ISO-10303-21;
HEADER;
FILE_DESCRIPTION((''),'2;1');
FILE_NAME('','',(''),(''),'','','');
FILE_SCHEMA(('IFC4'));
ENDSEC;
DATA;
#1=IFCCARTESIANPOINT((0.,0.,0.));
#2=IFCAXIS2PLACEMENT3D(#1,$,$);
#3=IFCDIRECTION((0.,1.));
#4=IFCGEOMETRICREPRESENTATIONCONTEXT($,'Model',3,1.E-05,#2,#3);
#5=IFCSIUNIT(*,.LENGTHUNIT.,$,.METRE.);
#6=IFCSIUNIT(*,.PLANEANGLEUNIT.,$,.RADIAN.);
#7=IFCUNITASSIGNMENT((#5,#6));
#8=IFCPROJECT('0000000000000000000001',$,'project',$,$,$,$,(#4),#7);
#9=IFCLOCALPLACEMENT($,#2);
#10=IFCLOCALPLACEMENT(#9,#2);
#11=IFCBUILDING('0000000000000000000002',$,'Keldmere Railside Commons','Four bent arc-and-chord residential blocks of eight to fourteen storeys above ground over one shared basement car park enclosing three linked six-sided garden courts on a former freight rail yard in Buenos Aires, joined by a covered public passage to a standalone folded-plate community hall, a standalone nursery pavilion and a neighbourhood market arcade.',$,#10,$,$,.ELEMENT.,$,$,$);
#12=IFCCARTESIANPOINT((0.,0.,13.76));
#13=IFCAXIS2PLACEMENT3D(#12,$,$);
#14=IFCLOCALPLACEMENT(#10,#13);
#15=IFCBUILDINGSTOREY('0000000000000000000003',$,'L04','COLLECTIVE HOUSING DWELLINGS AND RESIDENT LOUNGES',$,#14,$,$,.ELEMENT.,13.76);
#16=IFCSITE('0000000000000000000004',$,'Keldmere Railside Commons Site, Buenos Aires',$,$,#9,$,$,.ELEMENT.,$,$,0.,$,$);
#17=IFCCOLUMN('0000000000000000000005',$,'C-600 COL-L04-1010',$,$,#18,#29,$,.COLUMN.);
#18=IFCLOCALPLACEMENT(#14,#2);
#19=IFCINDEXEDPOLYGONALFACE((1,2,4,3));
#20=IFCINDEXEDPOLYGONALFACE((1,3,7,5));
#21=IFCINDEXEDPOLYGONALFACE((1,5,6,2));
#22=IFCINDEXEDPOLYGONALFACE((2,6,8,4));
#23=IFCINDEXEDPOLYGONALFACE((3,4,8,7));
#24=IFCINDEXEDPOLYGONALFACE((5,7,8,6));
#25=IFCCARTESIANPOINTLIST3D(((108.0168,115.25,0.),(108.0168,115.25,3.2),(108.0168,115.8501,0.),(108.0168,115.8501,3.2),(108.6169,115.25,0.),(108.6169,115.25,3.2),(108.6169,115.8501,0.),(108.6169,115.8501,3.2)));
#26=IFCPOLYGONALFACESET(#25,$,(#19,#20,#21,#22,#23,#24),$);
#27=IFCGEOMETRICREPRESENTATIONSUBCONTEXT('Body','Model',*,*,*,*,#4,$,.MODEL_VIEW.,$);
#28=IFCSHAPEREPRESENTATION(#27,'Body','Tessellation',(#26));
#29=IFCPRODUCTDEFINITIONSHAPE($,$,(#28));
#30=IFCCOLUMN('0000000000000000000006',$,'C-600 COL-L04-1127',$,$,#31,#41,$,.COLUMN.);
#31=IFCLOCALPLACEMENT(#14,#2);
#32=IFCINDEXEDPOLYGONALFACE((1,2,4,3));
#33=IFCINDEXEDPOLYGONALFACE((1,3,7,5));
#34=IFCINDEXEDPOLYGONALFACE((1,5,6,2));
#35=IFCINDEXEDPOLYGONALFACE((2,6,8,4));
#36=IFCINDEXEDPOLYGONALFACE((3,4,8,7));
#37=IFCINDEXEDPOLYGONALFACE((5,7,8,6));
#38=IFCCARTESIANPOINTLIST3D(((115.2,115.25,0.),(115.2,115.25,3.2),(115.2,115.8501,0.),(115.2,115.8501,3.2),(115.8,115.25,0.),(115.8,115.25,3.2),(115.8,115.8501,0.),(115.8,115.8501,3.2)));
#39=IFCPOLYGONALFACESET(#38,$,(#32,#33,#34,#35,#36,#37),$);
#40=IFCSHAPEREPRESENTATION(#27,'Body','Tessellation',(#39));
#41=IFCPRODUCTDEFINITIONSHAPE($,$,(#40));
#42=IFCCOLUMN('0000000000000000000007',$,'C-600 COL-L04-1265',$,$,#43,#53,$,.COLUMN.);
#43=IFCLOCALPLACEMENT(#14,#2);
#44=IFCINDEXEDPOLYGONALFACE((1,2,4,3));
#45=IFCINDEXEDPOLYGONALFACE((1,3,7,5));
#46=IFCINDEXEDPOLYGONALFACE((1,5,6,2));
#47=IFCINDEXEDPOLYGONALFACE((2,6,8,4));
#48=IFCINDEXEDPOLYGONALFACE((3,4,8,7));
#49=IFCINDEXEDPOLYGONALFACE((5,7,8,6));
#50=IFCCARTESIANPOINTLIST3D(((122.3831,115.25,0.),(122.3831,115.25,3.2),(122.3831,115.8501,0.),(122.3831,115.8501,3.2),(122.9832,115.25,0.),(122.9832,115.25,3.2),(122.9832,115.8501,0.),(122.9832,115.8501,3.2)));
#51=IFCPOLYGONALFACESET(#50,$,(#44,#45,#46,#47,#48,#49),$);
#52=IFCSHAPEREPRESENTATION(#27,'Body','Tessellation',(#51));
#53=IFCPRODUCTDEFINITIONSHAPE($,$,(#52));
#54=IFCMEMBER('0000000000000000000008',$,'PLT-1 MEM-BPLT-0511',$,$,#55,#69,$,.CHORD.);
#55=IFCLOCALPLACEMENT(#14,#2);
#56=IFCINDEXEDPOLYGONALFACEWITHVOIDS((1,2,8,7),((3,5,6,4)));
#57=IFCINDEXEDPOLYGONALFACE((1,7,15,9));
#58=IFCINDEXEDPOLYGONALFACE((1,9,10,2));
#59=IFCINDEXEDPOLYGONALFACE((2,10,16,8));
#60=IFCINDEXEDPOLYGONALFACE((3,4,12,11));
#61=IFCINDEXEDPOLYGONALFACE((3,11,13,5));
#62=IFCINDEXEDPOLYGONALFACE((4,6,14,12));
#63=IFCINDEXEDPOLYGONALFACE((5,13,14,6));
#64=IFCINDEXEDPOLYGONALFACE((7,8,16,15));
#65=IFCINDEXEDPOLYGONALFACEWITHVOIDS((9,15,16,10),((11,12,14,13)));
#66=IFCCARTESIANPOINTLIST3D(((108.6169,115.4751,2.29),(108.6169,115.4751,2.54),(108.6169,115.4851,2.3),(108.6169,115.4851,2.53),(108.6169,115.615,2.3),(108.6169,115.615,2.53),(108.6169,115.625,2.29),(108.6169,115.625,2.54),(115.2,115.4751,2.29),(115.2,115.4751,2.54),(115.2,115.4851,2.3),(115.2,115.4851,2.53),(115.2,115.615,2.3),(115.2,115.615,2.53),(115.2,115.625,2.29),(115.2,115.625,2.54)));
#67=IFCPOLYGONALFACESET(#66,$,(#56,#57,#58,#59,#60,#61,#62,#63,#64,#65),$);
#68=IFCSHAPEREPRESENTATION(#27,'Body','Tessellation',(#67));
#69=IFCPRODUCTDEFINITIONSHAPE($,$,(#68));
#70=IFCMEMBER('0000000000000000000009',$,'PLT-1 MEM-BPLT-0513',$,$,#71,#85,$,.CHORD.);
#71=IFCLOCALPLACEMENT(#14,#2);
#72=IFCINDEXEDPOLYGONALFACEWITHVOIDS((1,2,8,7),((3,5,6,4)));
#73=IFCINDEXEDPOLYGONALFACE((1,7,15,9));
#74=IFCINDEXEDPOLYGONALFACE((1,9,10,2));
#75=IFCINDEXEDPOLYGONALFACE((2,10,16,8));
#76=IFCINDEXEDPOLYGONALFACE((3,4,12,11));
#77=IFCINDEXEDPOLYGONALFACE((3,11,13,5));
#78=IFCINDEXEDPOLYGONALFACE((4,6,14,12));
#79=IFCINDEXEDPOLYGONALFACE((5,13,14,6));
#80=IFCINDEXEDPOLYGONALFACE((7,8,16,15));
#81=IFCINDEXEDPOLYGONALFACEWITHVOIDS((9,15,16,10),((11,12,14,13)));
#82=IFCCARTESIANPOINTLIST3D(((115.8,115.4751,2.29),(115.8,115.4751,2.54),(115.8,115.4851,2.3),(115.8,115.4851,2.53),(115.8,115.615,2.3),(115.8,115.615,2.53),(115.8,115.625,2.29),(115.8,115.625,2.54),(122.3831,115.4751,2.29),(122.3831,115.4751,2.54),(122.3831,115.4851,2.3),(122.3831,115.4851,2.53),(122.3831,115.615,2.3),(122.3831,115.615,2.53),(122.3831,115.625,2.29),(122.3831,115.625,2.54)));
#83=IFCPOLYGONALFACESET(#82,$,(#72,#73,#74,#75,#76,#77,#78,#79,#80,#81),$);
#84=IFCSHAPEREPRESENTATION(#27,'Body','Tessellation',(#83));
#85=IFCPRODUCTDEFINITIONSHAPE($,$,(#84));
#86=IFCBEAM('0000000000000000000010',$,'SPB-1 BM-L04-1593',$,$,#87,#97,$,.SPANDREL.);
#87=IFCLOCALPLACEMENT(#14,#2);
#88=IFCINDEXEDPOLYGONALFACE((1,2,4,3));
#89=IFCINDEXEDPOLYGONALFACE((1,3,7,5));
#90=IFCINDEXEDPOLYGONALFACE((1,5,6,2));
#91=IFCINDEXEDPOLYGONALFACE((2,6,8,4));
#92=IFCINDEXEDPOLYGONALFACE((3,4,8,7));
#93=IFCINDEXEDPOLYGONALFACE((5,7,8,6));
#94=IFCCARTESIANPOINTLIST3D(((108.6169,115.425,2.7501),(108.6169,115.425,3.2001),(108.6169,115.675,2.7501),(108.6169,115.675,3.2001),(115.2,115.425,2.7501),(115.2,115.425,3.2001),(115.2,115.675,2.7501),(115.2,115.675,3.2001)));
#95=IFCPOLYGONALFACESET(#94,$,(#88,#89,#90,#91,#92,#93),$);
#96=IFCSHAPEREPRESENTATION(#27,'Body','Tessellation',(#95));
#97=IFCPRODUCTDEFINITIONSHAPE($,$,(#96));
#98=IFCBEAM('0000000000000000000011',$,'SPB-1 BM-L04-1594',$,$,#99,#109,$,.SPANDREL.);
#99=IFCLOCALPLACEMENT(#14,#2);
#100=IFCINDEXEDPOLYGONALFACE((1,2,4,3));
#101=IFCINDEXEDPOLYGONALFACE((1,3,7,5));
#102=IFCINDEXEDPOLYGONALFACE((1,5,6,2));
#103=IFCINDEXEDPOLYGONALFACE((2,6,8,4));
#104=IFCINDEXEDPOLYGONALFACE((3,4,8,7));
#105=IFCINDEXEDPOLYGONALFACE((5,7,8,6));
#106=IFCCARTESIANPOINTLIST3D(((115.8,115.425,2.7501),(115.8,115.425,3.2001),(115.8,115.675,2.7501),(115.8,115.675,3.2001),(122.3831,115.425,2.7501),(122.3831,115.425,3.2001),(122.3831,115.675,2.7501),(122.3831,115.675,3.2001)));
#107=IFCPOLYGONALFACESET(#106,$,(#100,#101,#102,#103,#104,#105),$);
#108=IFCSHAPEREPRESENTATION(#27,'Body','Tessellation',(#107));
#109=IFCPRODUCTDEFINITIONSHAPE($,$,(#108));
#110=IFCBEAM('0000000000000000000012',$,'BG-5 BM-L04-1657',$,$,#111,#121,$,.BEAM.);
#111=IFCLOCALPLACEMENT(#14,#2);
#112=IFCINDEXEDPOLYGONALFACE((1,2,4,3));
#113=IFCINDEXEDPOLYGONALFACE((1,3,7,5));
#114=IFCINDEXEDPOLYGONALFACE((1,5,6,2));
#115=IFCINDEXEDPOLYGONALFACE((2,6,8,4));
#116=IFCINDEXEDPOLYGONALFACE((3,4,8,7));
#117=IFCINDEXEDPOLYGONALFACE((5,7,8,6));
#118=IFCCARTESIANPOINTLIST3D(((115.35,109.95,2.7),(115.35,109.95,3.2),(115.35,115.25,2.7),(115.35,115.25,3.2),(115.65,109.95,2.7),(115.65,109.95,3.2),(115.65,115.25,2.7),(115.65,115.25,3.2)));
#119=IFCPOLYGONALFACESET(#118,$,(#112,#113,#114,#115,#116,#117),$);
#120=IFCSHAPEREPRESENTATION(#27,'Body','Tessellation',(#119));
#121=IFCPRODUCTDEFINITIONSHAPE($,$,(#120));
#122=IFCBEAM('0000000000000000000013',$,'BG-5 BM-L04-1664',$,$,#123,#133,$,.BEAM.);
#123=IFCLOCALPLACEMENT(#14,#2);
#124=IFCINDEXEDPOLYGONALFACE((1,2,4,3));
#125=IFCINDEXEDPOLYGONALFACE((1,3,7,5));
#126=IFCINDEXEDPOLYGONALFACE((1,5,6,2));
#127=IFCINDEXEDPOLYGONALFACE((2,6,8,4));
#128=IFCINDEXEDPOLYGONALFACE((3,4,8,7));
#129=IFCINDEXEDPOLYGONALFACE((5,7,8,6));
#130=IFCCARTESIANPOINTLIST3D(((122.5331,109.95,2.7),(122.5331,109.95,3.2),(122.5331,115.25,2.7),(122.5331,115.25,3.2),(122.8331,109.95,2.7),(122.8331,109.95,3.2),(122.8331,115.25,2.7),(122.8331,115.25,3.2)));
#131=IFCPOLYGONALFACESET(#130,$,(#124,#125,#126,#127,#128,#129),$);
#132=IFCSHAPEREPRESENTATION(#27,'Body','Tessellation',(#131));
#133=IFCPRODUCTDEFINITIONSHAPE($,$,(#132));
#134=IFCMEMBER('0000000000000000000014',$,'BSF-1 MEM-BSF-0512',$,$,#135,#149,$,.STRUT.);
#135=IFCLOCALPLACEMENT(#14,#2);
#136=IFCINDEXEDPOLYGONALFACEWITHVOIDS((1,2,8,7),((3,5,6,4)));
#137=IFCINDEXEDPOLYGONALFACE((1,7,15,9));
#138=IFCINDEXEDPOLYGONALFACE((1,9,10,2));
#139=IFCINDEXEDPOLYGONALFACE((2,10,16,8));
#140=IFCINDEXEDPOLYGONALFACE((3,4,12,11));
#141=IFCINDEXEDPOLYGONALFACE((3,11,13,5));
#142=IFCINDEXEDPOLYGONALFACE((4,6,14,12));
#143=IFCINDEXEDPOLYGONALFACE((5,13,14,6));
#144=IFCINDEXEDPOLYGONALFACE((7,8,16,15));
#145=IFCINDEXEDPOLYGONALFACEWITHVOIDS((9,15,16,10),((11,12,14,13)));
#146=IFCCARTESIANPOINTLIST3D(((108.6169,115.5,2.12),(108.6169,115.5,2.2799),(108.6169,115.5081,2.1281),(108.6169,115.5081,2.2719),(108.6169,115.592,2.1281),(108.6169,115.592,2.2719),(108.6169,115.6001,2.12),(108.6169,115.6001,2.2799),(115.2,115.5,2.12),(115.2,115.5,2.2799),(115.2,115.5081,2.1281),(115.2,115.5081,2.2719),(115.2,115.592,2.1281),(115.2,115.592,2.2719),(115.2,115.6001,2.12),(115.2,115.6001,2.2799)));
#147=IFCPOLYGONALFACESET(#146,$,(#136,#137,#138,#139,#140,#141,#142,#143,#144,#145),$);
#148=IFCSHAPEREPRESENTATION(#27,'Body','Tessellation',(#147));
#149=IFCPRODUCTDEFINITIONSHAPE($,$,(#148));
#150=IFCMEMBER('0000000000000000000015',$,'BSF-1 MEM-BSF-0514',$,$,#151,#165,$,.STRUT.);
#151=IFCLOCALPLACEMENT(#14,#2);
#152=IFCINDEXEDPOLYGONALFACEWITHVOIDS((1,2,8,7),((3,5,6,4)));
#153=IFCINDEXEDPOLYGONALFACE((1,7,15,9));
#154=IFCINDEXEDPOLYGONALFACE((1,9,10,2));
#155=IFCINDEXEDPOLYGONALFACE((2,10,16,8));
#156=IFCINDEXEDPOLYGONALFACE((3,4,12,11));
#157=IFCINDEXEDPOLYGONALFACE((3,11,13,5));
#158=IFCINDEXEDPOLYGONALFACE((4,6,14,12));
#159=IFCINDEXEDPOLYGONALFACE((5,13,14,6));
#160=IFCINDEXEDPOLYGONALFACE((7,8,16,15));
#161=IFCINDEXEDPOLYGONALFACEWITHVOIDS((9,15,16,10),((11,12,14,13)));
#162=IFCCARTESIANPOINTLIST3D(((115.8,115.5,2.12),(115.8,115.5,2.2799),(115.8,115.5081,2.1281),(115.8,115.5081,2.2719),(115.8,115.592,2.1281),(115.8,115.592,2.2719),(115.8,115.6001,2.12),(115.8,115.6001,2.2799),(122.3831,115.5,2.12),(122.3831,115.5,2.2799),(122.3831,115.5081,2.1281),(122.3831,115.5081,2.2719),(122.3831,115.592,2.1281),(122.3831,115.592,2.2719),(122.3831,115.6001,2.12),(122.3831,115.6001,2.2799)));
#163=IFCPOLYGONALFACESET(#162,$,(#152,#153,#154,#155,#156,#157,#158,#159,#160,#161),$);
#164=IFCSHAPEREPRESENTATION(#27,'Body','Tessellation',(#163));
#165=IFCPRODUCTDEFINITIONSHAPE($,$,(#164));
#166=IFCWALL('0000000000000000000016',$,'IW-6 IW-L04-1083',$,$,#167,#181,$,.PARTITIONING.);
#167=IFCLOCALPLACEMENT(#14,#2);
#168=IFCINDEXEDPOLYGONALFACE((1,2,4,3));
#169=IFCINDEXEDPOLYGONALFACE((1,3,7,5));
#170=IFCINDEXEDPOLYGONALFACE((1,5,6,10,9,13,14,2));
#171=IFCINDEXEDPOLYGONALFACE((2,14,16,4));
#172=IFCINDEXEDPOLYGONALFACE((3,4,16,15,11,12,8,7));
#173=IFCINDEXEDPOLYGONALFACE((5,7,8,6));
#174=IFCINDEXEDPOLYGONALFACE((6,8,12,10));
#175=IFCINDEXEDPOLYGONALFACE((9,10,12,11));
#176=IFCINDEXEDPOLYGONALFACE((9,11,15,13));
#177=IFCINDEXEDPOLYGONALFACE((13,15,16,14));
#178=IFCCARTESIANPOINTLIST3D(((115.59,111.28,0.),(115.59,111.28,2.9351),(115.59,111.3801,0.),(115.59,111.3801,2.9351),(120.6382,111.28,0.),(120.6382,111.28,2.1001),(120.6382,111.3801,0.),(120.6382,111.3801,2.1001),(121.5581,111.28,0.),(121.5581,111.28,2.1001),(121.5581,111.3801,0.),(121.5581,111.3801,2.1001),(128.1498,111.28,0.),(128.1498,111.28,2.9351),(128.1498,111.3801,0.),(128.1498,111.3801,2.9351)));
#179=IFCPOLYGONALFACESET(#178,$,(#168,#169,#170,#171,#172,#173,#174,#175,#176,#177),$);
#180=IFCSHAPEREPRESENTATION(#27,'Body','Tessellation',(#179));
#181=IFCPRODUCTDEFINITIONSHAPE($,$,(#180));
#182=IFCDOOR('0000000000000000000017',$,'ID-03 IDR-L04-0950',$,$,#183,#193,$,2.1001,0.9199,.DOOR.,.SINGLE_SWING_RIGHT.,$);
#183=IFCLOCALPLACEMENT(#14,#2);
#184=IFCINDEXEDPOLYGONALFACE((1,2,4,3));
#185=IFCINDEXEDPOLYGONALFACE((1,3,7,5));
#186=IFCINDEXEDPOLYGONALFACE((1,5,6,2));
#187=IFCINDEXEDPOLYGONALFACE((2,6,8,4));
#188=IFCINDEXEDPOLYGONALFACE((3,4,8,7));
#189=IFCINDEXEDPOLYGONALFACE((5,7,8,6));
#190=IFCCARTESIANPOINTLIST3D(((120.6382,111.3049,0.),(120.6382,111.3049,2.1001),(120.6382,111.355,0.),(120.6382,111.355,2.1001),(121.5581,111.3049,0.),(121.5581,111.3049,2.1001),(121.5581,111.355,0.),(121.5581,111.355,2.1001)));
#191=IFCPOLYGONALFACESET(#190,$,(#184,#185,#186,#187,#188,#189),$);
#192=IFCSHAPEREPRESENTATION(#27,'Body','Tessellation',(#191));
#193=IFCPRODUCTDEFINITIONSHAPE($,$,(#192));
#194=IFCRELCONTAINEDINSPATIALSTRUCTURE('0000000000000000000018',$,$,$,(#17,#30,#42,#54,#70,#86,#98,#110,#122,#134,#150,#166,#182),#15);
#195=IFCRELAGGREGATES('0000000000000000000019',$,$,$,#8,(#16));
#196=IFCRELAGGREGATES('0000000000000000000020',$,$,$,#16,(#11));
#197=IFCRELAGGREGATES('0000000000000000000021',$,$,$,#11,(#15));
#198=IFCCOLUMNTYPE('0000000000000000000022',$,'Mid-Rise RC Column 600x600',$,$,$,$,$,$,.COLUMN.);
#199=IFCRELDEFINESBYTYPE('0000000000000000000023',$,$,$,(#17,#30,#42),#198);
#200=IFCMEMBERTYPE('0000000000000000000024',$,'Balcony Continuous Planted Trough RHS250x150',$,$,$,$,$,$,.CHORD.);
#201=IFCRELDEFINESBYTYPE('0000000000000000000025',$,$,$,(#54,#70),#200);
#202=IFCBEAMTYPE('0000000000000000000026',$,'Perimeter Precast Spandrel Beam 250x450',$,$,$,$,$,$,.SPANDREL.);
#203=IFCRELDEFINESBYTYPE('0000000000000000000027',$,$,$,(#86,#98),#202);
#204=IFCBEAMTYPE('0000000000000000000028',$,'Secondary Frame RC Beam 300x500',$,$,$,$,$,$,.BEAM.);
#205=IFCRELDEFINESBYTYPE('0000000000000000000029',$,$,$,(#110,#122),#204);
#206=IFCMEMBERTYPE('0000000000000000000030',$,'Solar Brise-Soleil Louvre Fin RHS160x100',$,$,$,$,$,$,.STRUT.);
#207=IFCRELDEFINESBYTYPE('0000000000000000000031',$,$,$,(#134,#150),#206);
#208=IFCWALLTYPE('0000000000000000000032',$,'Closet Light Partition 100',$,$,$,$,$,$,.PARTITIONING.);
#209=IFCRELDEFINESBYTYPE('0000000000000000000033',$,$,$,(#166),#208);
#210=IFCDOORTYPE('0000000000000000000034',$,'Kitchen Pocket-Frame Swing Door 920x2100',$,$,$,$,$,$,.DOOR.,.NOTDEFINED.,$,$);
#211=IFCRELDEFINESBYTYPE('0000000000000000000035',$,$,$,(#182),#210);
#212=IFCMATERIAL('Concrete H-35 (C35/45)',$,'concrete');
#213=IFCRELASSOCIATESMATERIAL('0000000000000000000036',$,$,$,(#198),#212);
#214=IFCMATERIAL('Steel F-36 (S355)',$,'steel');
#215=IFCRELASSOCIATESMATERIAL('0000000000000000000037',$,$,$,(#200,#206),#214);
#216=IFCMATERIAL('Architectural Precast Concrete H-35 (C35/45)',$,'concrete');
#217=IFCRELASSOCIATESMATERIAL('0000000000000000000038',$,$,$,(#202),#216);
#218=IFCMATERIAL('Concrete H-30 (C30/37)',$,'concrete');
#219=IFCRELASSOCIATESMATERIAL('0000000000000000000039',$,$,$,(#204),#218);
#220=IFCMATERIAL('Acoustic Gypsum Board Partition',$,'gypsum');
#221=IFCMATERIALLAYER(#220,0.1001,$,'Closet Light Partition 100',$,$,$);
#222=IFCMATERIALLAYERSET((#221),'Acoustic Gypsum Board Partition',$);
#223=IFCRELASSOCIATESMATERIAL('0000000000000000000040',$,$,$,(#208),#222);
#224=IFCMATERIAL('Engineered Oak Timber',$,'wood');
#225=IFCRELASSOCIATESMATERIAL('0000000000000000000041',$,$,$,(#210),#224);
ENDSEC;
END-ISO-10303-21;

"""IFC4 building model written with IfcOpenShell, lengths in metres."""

from ifc_helpers import new_model, si_unit, direction, frame, frame_2d, origin, origin_2d, place, context, subcontext, project, spatial, rectangle, hollow_rectangle, extrude, material, layer, layer_set, material_profile, profile_set, type_object, element, fill, save


model = new_model("IFC4")

# Units and contexts
model_context = context("Model", 3, precision=1e-05, world=origin(), true_north=direction((0.0, 1.0)))
body_context = subcontext(model_context, "Body", "Model", "MODEL_VIEW")
ifc_project = project(units=[si_unit("LENGTHUNIT", "METRE"), si_unit("PLANEANGLEUNIT", "RADIAN")], contexts=[model_context])

# Site, building, storey
site_placement = place(None, origin())
site = spatial("IfcSite", under=ifc_project, at=site_placement, Name="Keldmere Railside Commons Site, Buenos Aires", CompositionType="ELEMENT", RefElevation=0.0)
building_placement = place(site_placement, origin())
building = spatial("IfcBuilding", under=site, at=building_placement, Name="Keldmere Railside Commons", Description="Four bent arc-and-chord residential blocks of eight to fourteen storeys above ground over one shared basement car park enclosing three linked six-sided garden courts on a former freight rail yard in Buenos Aires, joined by a covered public passage to a standalone folded-plate community hall, a standalone nursery pavilion and a neighbourhood market arcade.", CompositionType="ELEMENT")
storey_placement = place(building_placement, frame((0.0, 0.0, 13.76)))
storey = spatial("IfcBuildingStorey", under=building, at=storey_placement, Name="L04", Description="COLLECTIVE HOUSING DWELLINGS AND RESIDENT LOUNGES", CompositionType="ELEMENT", Elevation=13.76)

# Columns
ifc_material_1 = material(Name="Concrete H-35 (C35/45)", Category="concrete")
ifc_material_profile_1 = material_profile(ifc_material_1, rectangle(XDim=0.6001, YDim=0.6001, at=origin_2d()), Name="RC-600x600")
ifc_profile_set_1 = profile_set([ifc_material_profile_1], Name="Concrete H-35 (C35/45)")
column_type = type_object("IfcColumnType", Name="Mid-Rise RC Column 600x600", PredefinedType="COLUMN", material=ifc_profile_set_1)
for number, where, z_axis, x_axis, name in (
    (1, (108.3169, 115.55, 0.0), (0.0, 0.0, 1.0), (1.0, 0.0, 0.0), "C-600 COL-L04-1010"),
    (2, (115.5, 115.55, 0.0), (0.0, 0.0, 1.0), (1.0, 0.0, 0.0), "C-600 COL-L04-1127"),
    (3, (122.6831, 115.55, 0.0), (0.0, 0.0, 1.0), (1.0, 0.0, 0.0), "C-600 COL-L04-1265"),
):
    element("IfcColumn", number, at=place(storey_placement, frame(where, z_axis=z_axis, x_axis=x_axis)), inside=storey, type_object=column_type, Name=name, PredefinedType="COLUMN", context=body_context, shape_type="SweptSolid", body=[
        extrude(rectangle(XDim=0.6001, YDim=0.6001, at=origin_2d()), origin(), (0.0, 0.0, 1.0), 3.2),
    ])

# Members
ifc_material_2 = material(Name="Steel F-36 (S355)", Category="steel")
ifc_material_profile_2 = material_profile(ifc_material_2, hollow_rectangle(XDim=0.1499, YDim=0.25, WallThickness=0.01, at=origin_2d()), Name="RHS-250x150x10")
ifc_profile_set_2 = profile_set([ifc_material_profile_2], Name="Steel F-36 (S355)")
member_type_1 = type_object("IfcMemberType", Name="Balcony Continuous Planted Trough RHS250x150", PredefinedType="CHORD", material=ifc_profile_set_2)
for number, where, z_axis, x_axis, name in (
    (4, (108.6169, 115.55, 2.415), (1.0, 0.0, 0.0), (0.0, 1.0, 0.0), "PLT-1 MEM-BPLT-0511"),
    (5, (115.8, 115.55, 2.415), (1.0, 0.0, 0.0), (0.0, 1.0, 0.0), "PLT-1 MEM-BPLT-0513"),
):
    element("IfcMember", number, at=place(storey_placement, frame(where, z_axis=z_axis, x_axis=x_axis)), inside=storey, type_object=member_type_1, Name=name, PredefinedType="CHORD", context=body_context, shape_type="SweptSolid", body=[
        extrude(hollow_rectangle(XDim=0.1499, YDim=0.25, WallThickness=0.01, at=origin_2d()), origin(), (0.0, 0.0, 1.0), 6.583),
    ])

# Beams
ifc_material_3 = material(Name="Architectural Precast Concrete H-35 (C35/45)", Category="concrete")
ifc_material_profile_3 = material_profile(ifc_material_3, rectangle(XDim=0.25, YDim=0.45, at=origin_2d()), Name="RC-250x450")
ifc_profile_set_3 = profile_set([ifc_material_profile_3], Name="Architectural Precast Concrete H-35 (C35/45)")
beam_type_1 = type_object("IfcBeamType", Name="Perimeter Precast Spandrel Beam 250x450", PredefinedType="SPANDREL", material=ifc_profile_set_3)
for number, where, z_axis, x_axis, name in (
    (6, (108.6169, 115.55, 2.9751), (1.0, 0.0, 0.0), (0.0, 1.0, 0.0), "SPB-1 BM-L04-1593"),
    (7, (115.8, 115.55, 2.9751), (1.0, 0.0, 0.0), (0.0, 1.0, 0.0), "SPB-1 BM-L04-1594"),
):
    element("IfcBeam", number, at=place(storey_placement, frame(where, z_axis=z_axis, x_axis=x_axis)), inside=storey, type_object=beam_type_1, Name=name, PredefinedType="SPANDREL", context=body_context, shape_type="SweptSolid", body=[
        extrude(rectangle(XDim=0.25, YDim=0.45, at=origin_2d()), origin(), (0.0, 0.0, 1.0), 6.583),
    ])
ifc_material_4 = material(Name="Concrete H-30 (C30/37)", Category="concrete")
ifc_material_profile_4 = material_profile(ifc_material_4, rectangle(XDim=0.3, YDim=0.5, at=origin_2d()), Name="RC-300x500")
ifc_profile_set_4 = profile_set([ifc_material_profile_4], Name="Concrete H-30 (C30/37)")
beam_type_2 = type_object("IfcBeamType", Name="Secondary Frame RC Beam 300x500", PredefinedType="BEAM", material=ifc_profile_set_4)
for number, where, z_axis, x_axis, name in (
    (8, (115.5, 109.95, 2.95), (0.0, 1.0, 0.0), (-1.0, 0.0, 0.0), "BG-5 BM-L04-1657"),
    (9, (122.6831, 109.95, 2.95), (0.0, 1.0, 0.0), (-1.0, 0.0, 0.0), "BG-5 BM-L04-1664"),
):
    element("IfcBeam", number, at=place(storey_placement, frame(where, z_axis=z_axis, x_axis=x_axis)), inside=storey, type_object=beam_type_2, Name=name, PredefinedType="BEAM", context=body_context, shape_type="SweptSolid", body=[
        extrude(rectangle(XDim=0.3, YDim=0.5, at=origin_2d()), origin(), (0.0, 0.0, 1.0), 5.3),
    ])

# Members
ifc_material_profile_5 = material_profile(ifc_material_2, hollow_rectangle(XDim=0.1001, YDim=0.1599, WallThickness=0.0081, at=origin_2d()), Name="RHS-160x100x8")
ifc_profile_set_5 = profile_set([ifc_material_profile_5], Name="Steel F-36 (S355)")
member_type_2 = type_object("IfcMemberType", Name="Solar Brise-Soleil Louvre Fin RHS160x100", PredefinedType="STRUT", material=ifc_profile_set_5)
for number, where, z_axis, x_axis, name in (
    (10, (108.6169, 115.55, 2.2), (1.0, 0.0, 0.0), (0.0, 1.0, 0.0), "BSF-1 MEM-BSF-0512"),
    (11, (115.8, 115.55, 2.2), (1.0, 0.0, 0.0), (0.0, 1.0, 0.0), "BSF-1 MEM-BSF-0514"),
):
    element("IfcMember", number, at=place(storey_placement, frame(where, z_axis=z_axis, x_axis=x_axis)), inside=storey, type_object=member_type_2, Name=name, PredefinedType="STRUT", context=body_context, shape_type="SweptSolid", body=[
        extrude(hollow_rectangle(XDim=0.1001, YDim=0.1599, WallThickness=0.0081, at=origin_2d()), origin(), (0.0, 0.0, 1.0), 6.583),
    ])

# Wall, opening, door
ifc_material_5 = material(Name="Acoustic Gypsum Board Partition", Category="gypsum")
ifc_layer_1 = layer(ifc_material_5, 0.1001, Name="Closet Light Partition 100")
ifc_layer_set_1 = layer_set([ifc_layer_1], Name="Acoustic Gypsum Board Partition")
wall_type_1 = type_object("IfcWallType", Name="Closet Light Partition 100", PredefinedType="PARTITIONING", material=ifc_layer_set_1)
wall_1_placement = place(storey_placement, frame((115.5901, 111.3301, 0.0), z_axis=(0.0, 0.0, 1.0), x_axis=(1.0, 0.0, 0.0)))
wall_1 = element("IfcWall", 12, at=wall_1_placement, inside=storey, type_object=wall_type_1, Name="IW-6 IW-L04-1083", PredefinedType="PARTITIONING", context=body_context, shape_type="SweptSolid", body=[
    extrude(rectangle(XDim=12.5598, YDim=0.1001, at=frame_2d((6.2798, 0.0))), origin(), (0.0, 0.0, 1.0), 2.9351),
])
opening_1_placement = place(wall_1_placement, frame((5.0481, 0.0, 0.0)))
opening_1 = element("IfcOpeningElement", 13, at=opening_1_placement, cuts=wall_1, PredefinedType="OPENING", context=body_context, shape_type="SweptSolid", body=[
    extrude(rectangle(XDim=0.9199, YDim=2.1001, at=frame_2d((0.46, 1.05))), frame((0.0, 0.0601, 0.0), z_axis=(0.0, -1.0, 0.0), x_axis=(1.0, 0.0, 0.0)), (0.0, 0.0, 1.0), 0.1201),
])
ifc_material_6 = material(Name="Engineered Oak Timber", Category="wood")
door_type_1 = type_object("IfcDoorType", Name="Kitchen Pocket-Frame Swing Door 920x2100", OperationType="NOTDEFINED", PredefinedType="DOOR", material=ifc_material_6)
door_1_placement = place(opening_1_placement, origin())
door_1 = element("IfcDoor", 14, at=door_1_placement, inside=storey, type_object=door_type_1, Name="ID-03 IDR-L04-0950", OperationType="SINGLE_SWING_RIGHT", OverallHeight=2.1001, OverallWidth=0.9199, PredefinedType="DOOR", context=body_context, shape_type="SweptSolid", body=[
    extrude(rectangle(XDim=0.9199, YDim=2.1001, at=frame_2d((0.46, 1.05))), frame((0.0, 0.0249, 0.0), z_axis=(0.0, -1.0, 0.0), x_axis=(1.0, 0.0, 0.0)), (0.0, 0.0, 1.0), 0.05),
])
fill(opening_1, door_1)

save(model, "model.ifc")
